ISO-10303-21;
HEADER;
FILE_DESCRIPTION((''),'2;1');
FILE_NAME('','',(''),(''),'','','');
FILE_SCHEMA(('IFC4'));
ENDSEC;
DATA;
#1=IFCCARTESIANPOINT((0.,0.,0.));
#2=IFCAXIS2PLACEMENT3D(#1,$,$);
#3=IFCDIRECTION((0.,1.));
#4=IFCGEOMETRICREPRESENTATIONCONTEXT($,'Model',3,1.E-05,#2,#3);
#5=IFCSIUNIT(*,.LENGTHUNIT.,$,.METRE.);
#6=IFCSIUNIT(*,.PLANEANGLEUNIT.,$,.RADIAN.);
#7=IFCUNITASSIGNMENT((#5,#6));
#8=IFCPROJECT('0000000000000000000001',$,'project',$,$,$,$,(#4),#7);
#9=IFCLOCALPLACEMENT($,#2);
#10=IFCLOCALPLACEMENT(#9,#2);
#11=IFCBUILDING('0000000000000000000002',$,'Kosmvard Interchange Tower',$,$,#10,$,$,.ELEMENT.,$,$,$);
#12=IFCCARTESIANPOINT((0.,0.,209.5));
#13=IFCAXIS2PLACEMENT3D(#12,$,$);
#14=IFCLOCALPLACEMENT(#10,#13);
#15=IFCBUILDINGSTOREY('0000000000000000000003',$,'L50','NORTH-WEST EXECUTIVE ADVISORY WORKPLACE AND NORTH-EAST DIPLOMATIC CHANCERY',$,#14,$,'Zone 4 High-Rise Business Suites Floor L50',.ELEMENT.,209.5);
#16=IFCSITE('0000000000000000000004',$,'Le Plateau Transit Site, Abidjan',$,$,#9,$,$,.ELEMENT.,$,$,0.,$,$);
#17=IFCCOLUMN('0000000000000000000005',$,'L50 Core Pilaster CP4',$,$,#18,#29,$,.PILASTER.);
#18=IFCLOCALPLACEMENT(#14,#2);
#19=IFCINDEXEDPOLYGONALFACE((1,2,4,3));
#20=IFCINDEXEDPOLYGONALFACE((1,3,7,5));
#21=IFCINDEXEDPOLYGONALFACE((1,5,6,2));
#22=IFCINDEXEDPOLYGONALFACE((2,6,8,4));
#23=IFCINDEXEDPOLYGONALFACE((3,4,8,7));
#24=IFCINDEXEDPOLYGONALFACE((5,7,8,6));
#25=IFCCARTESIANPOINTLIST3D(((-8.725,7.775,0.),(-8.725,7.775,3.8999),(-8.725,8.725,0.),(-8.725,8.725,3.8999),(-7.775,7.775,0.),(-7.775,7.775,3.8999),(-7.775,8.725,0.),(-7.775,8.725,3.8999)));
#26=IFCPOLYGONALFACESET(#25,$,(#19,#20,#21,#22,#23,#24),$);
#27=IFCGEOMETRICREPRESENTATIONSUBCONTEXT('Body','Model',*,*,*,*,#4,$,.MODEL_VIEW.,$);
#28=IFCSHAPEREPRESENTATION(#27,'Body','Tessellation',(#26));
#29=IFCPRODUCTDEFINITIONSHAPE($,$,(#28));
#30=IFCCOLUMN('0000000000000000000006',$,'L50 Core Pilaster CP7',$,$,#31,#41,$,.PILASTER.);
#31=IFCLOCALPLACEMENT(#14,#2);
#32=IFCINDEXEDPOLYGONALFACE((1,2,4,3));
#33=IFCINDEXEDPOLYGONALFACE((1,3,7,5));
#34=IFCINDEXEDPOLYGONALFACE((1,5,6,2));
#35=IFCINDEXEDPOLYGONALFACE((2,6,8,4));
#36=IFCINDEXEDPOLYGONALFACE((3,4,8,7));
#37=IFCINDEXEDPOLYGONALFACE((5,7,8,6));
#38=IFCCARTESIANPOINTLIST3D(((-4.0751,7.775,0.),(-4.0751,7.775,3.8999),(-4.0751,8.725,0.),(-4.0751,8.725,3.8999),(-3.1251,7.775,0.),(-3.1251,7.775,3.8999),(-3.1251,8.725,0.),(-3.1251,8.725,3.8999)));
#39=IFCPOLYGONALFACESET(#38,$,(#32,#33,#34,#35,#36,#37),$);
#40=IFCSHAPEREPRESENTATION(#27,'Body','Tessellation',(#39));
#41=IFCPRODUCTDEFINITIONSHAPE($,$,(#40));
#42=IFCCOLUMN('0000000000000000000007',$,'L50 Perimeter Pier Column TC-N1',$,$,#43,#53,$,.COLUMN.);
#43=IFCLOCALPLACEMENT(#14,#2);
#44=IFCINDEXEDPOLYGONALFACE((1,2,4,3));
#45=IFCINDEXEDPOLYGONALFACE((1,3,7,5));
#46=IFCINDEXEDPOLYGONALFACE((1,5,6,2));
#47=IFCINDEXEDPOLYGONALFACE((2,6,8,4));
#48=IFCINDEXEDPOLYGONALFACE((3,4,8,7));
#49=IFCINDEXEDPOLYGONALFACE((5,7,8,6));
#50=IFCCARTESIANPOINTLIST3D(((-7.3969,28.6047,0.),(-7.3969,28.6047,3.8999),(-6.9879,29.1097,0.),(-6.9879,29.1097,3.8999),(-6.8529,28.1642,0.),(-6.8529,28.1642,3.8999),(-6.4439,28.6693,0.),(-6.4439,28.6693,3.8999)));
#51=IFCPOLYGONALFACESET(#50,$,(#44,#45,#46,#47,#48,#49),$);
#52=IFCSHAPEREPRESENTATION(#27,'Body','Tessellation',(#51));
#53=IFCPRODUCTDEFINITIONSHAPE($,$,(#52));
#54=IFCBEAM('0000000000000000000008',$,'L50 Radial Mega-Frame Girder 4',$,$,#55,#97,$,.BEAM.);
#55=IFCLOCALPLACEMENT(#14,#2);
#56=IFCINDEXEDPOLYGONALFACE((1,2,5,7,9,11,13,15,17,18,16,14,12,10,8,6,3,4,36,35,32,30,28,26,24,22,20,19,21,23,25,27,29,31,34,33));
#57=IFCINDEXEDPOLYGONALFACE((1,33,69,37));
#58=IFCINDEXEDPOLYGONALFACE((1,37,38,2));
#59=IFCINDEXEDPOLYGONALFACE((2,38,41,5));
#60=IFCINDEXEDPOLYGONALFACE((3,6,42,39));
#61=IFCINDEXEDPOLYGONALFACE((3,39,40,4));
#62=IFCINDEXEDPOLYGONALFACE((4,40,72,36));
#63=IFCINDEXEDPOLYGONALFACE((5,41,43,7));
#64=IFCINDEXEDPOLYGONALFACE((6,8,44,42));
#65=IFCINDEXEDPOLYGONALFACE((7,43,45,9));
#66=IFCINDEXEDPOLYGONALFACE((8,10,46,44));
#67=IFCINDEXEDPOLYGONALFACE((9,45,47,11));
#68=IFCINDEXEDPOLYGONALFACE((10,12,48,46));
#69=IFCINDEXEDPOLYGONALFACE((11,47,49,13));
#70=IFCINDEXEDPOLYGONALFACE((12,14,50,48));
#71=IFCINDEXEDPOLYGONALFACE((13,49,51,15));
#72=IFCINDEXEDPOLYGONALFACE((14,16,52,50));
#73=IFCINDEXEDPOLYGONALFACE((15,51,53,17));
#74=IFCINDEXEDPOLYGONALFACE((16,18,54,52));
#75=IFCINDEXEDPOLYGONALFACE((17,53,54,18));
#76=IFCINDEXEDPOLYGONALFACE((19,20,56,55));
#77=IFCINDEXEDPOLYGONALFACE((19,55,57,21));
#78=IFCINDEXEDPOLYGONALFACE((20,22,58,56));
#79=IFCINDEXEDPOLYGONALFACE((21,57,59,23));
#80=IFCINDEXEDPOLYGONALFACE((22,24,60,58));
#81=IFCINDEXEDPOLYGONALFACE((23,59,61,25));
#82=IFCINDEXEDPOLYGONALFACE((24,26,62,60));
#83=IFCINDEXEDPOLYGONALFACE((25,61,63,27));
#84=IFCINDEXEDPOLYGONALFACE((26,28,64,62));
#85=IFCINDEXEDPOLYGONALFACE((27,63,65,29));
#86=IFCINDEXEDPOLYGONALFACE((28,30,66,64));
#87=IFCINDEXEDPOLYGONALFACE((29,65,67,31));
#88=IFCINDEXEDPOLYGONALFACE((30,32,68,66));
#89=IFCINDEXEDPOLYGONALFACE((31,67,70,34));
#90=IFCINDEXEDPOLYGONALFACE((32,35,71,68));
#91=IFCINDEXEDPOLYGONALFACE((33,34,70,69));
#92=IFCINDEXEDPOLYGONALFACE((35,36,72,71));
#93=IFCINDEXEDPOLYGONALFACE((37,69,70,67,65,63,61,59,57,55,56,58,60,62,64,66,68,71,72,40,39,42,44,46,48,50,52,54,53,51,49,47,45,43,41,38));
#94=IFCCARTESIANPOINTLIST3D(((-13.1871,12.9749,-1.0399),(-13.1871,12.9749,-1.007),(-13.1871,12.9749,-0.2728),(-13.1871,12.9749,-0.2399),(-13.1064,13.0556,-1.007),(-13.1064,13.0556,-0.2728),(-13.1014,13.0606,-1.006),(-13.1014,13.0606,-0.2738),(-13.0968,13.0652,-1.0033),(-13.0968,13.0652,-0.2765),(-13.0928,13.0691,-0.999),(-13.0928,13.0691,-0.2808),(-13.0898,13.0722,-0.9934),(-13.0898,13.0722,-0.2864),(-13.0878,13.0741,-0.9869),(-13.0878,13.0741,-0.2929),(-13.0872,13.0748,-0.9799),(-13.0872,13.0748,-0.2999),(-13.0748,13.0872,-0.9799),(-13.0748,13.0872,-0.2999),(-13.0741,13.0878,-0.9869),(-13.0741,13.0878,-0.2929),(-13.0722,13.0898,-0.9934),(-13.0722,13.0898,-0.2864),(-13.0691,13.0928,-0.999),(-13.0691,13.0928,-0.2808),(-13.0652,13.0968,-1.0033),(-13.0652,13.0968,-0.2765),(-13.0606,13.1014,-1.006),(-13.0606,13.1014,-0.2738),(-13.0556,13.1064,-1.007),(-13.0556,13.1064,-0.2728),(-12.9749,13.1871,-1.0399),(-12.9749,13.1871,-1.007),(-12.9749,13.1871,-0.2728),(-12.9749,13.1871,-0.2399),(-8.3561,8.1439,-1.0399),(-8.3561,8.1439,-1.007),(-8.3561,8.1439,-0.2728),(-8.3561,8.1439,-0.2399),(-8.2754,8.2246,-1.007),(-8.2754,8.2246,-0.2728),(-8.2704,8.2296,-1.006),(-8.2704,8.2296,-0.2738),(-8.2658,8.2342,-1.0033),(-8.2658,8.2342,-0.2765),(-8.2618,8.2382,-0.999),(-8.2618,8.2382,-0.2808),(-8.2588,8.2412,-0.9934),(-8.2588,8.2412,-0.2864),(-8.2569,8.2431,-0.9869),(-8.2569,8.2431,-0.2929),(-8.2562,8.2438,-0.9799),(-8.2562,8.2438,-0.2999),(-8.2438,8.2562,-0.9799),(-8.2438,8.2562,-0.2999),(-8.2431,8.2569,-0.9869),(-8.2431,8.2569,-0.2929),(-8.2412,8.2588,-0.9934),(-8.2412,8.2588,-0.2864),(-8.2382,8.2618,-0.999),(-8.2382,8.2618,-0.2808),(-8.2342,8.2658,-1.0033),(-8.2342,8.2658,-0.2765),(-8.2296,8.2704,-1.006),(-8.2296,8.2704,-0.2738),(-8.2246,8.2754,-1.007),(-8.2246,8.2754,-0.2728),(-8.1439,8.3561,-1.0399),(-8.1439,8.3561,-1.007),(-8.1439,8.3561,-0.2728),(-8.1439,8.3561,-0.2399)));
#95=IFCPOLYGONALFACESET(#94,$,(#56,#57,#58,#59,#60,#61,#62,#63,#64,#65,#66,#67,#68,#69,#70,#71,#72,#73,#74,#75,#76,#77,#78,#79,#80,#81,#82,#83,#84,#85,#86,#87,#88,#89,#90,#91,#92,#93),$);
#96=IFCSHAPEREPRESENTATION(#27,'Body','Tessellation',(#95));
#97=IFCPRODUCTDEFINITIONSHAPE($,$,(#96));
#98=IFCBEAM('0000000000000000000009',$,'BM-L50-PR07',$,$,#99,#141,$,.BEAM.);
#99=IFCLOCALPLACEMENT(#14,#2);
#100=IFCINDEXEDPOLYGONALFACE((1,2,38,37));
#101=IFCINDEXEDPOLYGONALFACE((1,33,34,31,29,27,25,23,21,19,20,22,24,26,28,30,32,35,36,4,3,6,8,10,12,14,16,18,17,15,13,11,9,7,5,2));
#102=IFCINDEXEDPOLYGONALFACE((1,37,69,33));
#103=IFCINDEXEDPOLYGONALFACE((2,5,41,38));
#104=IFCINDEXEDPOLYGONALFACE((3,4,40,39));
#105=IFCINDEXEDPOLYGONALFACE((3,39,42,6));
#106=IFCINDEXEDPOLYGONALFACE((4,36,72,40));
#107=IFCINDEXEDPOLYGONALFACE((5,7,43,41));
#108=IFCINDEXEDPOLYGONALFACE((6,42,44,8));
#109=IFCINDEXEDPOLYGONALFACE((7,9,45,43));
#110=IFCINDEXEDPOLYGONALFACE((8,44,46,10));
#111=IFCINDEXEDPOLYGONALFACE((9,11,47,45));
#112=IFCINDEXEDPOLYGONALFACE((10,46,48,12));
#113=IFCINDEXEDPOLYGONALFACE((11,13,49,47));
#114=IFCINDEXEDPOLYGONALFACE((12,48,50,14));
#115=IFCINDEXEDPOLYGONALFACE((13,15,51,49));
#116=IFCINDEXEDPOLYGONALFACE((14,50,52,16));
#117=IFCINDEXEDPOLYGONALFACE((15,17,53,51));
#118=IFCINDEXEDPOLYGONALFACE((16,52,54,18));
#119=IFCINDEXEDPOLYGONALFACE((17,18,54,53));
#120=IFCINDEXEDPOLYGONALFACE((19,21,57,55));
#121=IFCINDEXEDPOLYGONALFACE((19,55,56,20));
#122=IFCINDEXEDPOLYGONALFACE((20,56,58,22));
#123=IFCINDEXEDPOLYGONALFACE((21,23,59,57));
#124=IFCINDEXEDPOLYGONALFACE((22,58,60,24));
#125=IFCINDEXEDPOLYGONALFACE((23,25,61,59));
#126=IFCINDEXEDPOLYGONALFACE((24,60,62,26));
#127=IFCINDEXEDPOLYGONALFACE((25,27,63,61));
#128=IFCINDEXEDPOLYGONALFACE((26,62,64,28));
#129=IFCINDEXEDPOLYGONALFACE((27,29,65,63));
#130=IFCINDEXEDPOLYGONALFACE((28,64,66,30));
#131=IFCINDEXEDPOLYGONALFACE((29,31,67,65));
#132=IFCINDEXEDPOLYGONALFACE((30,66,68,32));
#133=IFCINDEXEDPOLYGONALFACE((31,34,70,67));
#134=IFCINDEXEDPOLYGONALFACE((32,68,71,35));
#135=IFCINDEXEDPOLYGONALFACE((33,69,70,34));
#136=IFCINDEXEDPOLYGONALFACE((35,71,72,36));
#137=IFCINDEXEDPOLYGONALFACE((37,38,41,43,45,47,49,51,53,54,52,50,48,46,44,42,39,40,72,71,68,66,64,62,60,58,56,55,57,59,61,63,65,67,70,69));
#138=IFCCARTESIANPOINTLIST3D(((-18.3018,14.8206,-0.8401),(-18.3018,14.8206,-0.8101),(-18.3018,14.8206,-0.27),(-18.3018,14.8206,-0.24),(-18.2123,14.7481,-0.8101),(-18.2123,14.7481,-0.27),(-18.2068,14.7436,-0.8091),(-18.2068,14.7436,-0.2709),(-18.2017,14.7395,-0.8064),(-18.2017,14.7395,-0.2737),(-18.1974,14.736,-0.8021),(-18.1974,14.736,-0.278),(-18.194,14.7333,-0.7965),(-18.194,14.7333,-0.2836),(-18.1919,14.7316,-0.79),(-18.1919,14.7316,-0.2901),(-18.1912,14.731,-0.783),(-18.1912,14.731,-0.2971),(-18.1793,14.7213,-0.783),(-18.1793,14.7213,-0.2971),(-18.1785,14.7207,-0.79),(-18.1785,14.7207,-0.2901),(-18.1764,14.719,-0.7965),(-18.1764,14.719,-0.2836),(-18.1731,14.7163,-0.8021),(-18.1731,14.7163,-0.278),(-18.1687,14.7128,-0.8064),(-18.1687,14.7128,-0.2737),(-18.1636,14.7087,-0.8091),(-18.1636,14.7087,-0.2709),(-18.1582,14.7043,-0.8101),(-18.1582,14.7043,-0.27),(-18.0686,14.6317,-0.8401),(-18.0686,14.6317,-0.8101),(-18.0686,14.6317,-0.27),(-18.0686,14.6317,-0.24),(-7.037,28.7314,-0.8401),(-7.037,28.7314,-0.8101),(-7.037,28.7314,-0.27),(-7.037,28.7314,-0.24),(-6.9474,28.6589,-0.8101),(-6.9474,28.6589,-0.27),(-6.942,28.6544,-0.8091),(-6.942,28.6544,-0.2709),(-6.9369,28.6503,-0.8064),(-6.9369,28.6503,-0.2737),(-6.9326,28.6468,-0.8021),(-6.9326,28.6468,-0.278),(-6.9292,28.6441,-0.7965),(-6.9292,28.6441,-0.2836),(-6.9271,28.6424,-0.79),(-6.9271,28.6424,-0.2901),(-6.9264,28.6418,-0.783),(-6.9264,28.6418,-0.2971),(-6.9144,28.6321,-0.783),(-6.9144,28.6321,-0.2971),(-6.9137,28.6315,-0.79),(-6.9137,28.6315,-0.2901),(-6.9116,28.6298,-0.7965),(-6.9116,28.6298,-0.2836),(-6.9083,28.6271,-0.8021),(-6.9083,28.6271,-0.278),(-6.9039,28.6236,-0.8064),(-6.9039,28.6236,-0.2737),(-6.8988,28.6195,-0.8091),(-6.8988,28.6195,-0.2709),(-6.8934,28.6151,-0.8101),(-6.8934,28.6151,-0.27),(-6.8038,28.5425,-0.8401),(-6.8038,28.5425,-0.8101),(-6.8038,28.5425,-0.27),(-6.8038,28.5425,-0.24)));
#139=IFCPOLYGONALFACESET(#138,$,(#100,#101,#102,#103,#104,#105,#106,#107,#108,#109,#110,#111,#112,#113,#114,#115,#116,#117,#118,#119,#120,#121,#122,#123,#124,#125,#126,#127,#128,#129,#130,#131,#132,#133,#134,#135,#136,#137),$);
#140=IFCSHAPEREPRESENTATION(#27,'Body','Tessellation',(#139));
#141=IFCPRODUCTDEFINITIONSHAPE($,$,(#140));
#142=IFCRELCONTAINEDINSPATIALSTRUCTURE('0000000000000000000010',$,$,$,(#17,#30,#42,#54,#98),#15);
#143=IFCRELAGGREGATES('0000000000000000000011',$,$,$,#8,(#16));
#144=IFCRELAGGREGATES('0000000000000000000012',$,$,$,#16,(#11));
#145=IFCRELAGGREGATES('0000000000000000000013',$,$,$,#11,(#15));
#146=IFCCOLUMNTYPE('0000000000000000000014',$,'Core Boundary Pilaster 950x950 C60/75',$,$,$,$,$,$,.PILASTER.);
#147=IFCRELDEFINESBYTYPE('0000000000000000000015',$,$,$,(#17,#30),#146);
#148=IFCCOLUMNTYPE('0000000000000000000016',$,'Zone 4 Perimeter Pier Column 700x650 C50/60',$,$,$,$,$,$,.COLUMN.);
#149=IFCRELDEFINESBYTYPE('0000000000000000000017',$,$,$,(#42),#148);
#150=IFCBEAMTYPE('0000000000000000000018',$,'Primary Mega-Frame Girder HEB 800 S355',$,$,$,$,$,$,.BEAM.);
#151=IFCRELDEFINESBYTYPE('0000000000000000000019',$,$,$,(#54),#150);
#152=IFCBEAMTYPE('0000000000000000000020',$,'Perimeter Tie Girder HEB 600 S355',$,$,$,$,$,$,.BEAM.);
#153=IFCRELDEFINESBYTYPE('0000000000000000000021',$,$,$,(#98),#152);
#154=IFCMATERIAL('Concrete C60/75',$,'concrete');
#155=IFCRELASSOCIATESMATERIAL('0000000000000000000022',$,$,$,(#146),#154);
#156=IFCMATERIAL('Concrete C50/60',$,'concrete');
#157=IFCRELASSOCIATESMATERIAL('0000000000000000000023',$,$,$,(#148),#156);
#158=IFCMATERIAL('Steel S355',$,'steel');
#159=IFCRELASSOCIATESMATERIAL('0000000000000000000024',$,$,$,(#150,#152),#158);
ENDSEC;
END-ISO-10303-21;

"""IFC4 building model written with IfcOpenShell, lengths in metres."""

from ifc_helpers import new_model, si_unit, direction, frame, origin, origin_2d, place, context, subcontext, project, spatial, rectangle, i_section, extrude, source, transform, mapped, material, material_profile, profile_set, type_object, element, save


model = new_model("IFC4")

# Units and contexts
model_context = context("Model", 3, precision=1e-05, world=origin(), true_north=direction((0.0, 1.0)))
body_context = subcontext(model_context, "Body", "Model", "MODEL_VIEW")
ifc_project = project(units=[si_unit("LENGTHUNIT", "METRE"), si_unit("PLANEANGLEUNIT", "RADIAN")], contexts=[model_context])

# Site, building, storey
site_placement = place(None, origin())
site = spatial("IfcSite", under=ifc_project, at=site_placement, Name="Le Plateau Transit Site, Abidjan", CompositionType="ELEMENT", RefElevation=0.0)
building_placement = place(site_placement, origin())
building = spatial("IfcBuilding", under=site, at=building_placement, Name="Kosmvard Interchange Tower", CompositionType="ELEMENT")
storey_placement = place(building_placement, frame((0.0, 0.0, 209.5)))
storey = spatial("IfcBuildingStorey", under=building, at=storey_placement, Name="L50", Description="NORTH-WEST EXECUTIVE ADVISORY WORKPLACE AND NORTH-EAST DIPLOMATIC CHANCERY", LongName="Zone 4 High-Rise Business Suites Floor L50", CompositionType="ELEMENT", Elevation=209.5)

# Columns
ifc_material_1 = material(Name="Concrete C60/75", Category="concrete")
ifc_material_profile_1 = material_profile(ifc_material_1, rectangle(XDim=0.95, YDim=0.95, at=origin_2d()), Name="CP 950x950")
ifc_profile_set_1 = profile_set([ifc_material_profile_1], Name="Concrete C60/75")
column_type_1 = type_object("IfcColumnType", Name="Core Boundary Pilaster 950x950 C60/75", PredefinedType="PILASTER", material=ifc_profile_set_1)
shared_shape_1 = source(origin(), body_context, "Body", "SweptSolid", [
    extrude(rectangle(XDim=0.95, YDim=0.95, at=origin_2d()), origin(), (0.0, 0.0, 1.0), 3.8999),
])
for number, where, z_axis, x_axis, name in (
    (1, (-8.25, 8.25, 0.0), (0.0, 0.0, 1.0), (1.0, 0.0, 0.0), "L50 Core Pilaster CP4"),
    (2, (-3.6001, 8.25, 0.0), (0.0, 0.0, 1.0), (1.0, 0.0, 0.0), "L50 Core Pilaster CP7"),
):
    element("IfcColumn", number, at=place(storey_placement, frame(where, z_axis=z_axis, x_axis=x_axis)), inside=storey, type_object=column_type_1, Name=name, PredefinedType="PILASTER", context=body_context, shape_type="MappedRepresentation", body=[
        mapped(shared_shape_1, transform((0.0, 0.0, 0.0), scale=1.0)),
    ])
ifc_material_2 = material(Name="Concrete C50/60", Category="concrete")
ifc_material_profile_2 = material_profile(ifc_material_2, rectangle(XDim=0.6499, YDim=0.7, at=origin_2d()), Name="TC 700x650")
ifc_profile_set_2 = profile_set([ifc_material_profile_2], Name="Concrete C50/60")
column_type_2 = type_object("IfcColumnType", Name="Zone 4 Perimeter Pier Column 700x650 C50/60", PredefinedType="COLUMN", material=ifc_profile_set_2)
shared_shape_2 = source(origin(), body_context, "Body", "SweptSolid", [
    extrude(rectangle(XDim=0.6499, YDim=0.7, at=origin_2d()), origin(), (0.0, 0.0, 1.0), 3.8999),
])
column_placement = place(storey_placement, frame((-6.9204, 28.637, 0.0), z_axis=(0.0, 0.0, 1.0), x_axis=(0.62932, 0.777146, 0.0)))
element("IfcColumn", 3, at=column_placement, inside=storey, type_object=column_type_2, Name="L50 Perimeter Pier Column TC-N1", PredefinedType="COLUMN", context=body_context, shape_type="MappedRepresentation", body=[
    mapped(shared_shape_2, transform((0.0, 0.0, 0.0), scale=1.0)),
])

# Beams
ifc_material_3 = material(Name="Steel S355", Category="steel")
ifc_material_profile_3 = material_profile(ifc_material_3, i_section(OverallWidth=0.3, OverallDepth=0.8, WebThickness=0.0176, FlangeThickness=0.033, FilletRadius=0.0271, at=origin_2d()), Name="HEB 800")
ifc_profile_set_3 = profile_set([ifc_material_profile_3], Name="Steel S355")
beam_type_1 = type_object("IfcBeamType", Name="Primary Mega-Frame Girder HEB 800 S355", PredefinedType="BEAM", material=ifc_profile_set_3)
shared_shape_3 = source(origin(), body_context, "Body", "SweptSolid", [
    extrude(i_section(OverallWidth=0.3, OverallDepth=0.8, WebThickness=0.0176, FlangeThickness=0.033, FilletRadius=0.0271, at=origin_2d()), origin(), (0.0, 0.0, 1.0), 6.832),
])
beam_1_placement = place(storey_placement, frame((-8.25, 8.25, -0.6399), z_axis=(-0.707107, 0.707107, 0.0), x_axis=(-0.707107, -0.707107, 0.0)))
element("IfcBeam", 4, at=beam_1_placement, inside=storey, type_object=beam_type_1, Name="L50 Radial Mega-Frame Girder 4", PredefinedType="BEAM", context=body_context, shape_type="MappedRepresentation", body=[
    mapped(shared_shape_3, transform((0.0, 0.0, 0.0), scale=1.0)),
])
ifc_material_profile_4 = material_profile(ifc_material_3, i_section(OverallWidth=0.3, OverallDepth=0.6001, WebThickness=0.0154, FlangeThickness=0.03, FilletRadius=0.0271, at=origin_2d()), Name="HEB 600")
ifc_profile_set_4 = profile_set([ifc_material_profile_4], Name="Steel S355")
beam_type_2 = type_object("IfcBeamType", Name="Perimeter Tie Girder HEB 600 S355", PredefinedType="BEAM", material=ifc_profile_set_4)
shared_shape_4 = source(origin(), body_context, "Body", "SweptSolid", [
    extrude(i_section(OverallWidth=0.3, OverallDepth=0.6001, WebThickness=0.0154, FlangeThickness=0.03, FilletRadius=0.0271, at=origin_2d()), origin(), (0.0, 0.0, 1.0), 17.8999),
])
beam_2_placement = place(storey_placement, frame((-6.9204, 28.637, -0.54), z_axis=(-0.629323, -0.777144, 0.0), x_axis=(0.777144, -0.629323, 0.0)))
element("IfcBeam", 5, at=beam_2_placement, inside=storey, type_object=beam_type_2, Name="BM-L50-PR07", PredefinedType="BEAM", context=body_context, shape_type="MappedRepresentation", body=[
    mapped(shared_shape_4, transform((0.0, 0.0, 0.0), scale=1.0)),
])

save(model, "model.ifc")
